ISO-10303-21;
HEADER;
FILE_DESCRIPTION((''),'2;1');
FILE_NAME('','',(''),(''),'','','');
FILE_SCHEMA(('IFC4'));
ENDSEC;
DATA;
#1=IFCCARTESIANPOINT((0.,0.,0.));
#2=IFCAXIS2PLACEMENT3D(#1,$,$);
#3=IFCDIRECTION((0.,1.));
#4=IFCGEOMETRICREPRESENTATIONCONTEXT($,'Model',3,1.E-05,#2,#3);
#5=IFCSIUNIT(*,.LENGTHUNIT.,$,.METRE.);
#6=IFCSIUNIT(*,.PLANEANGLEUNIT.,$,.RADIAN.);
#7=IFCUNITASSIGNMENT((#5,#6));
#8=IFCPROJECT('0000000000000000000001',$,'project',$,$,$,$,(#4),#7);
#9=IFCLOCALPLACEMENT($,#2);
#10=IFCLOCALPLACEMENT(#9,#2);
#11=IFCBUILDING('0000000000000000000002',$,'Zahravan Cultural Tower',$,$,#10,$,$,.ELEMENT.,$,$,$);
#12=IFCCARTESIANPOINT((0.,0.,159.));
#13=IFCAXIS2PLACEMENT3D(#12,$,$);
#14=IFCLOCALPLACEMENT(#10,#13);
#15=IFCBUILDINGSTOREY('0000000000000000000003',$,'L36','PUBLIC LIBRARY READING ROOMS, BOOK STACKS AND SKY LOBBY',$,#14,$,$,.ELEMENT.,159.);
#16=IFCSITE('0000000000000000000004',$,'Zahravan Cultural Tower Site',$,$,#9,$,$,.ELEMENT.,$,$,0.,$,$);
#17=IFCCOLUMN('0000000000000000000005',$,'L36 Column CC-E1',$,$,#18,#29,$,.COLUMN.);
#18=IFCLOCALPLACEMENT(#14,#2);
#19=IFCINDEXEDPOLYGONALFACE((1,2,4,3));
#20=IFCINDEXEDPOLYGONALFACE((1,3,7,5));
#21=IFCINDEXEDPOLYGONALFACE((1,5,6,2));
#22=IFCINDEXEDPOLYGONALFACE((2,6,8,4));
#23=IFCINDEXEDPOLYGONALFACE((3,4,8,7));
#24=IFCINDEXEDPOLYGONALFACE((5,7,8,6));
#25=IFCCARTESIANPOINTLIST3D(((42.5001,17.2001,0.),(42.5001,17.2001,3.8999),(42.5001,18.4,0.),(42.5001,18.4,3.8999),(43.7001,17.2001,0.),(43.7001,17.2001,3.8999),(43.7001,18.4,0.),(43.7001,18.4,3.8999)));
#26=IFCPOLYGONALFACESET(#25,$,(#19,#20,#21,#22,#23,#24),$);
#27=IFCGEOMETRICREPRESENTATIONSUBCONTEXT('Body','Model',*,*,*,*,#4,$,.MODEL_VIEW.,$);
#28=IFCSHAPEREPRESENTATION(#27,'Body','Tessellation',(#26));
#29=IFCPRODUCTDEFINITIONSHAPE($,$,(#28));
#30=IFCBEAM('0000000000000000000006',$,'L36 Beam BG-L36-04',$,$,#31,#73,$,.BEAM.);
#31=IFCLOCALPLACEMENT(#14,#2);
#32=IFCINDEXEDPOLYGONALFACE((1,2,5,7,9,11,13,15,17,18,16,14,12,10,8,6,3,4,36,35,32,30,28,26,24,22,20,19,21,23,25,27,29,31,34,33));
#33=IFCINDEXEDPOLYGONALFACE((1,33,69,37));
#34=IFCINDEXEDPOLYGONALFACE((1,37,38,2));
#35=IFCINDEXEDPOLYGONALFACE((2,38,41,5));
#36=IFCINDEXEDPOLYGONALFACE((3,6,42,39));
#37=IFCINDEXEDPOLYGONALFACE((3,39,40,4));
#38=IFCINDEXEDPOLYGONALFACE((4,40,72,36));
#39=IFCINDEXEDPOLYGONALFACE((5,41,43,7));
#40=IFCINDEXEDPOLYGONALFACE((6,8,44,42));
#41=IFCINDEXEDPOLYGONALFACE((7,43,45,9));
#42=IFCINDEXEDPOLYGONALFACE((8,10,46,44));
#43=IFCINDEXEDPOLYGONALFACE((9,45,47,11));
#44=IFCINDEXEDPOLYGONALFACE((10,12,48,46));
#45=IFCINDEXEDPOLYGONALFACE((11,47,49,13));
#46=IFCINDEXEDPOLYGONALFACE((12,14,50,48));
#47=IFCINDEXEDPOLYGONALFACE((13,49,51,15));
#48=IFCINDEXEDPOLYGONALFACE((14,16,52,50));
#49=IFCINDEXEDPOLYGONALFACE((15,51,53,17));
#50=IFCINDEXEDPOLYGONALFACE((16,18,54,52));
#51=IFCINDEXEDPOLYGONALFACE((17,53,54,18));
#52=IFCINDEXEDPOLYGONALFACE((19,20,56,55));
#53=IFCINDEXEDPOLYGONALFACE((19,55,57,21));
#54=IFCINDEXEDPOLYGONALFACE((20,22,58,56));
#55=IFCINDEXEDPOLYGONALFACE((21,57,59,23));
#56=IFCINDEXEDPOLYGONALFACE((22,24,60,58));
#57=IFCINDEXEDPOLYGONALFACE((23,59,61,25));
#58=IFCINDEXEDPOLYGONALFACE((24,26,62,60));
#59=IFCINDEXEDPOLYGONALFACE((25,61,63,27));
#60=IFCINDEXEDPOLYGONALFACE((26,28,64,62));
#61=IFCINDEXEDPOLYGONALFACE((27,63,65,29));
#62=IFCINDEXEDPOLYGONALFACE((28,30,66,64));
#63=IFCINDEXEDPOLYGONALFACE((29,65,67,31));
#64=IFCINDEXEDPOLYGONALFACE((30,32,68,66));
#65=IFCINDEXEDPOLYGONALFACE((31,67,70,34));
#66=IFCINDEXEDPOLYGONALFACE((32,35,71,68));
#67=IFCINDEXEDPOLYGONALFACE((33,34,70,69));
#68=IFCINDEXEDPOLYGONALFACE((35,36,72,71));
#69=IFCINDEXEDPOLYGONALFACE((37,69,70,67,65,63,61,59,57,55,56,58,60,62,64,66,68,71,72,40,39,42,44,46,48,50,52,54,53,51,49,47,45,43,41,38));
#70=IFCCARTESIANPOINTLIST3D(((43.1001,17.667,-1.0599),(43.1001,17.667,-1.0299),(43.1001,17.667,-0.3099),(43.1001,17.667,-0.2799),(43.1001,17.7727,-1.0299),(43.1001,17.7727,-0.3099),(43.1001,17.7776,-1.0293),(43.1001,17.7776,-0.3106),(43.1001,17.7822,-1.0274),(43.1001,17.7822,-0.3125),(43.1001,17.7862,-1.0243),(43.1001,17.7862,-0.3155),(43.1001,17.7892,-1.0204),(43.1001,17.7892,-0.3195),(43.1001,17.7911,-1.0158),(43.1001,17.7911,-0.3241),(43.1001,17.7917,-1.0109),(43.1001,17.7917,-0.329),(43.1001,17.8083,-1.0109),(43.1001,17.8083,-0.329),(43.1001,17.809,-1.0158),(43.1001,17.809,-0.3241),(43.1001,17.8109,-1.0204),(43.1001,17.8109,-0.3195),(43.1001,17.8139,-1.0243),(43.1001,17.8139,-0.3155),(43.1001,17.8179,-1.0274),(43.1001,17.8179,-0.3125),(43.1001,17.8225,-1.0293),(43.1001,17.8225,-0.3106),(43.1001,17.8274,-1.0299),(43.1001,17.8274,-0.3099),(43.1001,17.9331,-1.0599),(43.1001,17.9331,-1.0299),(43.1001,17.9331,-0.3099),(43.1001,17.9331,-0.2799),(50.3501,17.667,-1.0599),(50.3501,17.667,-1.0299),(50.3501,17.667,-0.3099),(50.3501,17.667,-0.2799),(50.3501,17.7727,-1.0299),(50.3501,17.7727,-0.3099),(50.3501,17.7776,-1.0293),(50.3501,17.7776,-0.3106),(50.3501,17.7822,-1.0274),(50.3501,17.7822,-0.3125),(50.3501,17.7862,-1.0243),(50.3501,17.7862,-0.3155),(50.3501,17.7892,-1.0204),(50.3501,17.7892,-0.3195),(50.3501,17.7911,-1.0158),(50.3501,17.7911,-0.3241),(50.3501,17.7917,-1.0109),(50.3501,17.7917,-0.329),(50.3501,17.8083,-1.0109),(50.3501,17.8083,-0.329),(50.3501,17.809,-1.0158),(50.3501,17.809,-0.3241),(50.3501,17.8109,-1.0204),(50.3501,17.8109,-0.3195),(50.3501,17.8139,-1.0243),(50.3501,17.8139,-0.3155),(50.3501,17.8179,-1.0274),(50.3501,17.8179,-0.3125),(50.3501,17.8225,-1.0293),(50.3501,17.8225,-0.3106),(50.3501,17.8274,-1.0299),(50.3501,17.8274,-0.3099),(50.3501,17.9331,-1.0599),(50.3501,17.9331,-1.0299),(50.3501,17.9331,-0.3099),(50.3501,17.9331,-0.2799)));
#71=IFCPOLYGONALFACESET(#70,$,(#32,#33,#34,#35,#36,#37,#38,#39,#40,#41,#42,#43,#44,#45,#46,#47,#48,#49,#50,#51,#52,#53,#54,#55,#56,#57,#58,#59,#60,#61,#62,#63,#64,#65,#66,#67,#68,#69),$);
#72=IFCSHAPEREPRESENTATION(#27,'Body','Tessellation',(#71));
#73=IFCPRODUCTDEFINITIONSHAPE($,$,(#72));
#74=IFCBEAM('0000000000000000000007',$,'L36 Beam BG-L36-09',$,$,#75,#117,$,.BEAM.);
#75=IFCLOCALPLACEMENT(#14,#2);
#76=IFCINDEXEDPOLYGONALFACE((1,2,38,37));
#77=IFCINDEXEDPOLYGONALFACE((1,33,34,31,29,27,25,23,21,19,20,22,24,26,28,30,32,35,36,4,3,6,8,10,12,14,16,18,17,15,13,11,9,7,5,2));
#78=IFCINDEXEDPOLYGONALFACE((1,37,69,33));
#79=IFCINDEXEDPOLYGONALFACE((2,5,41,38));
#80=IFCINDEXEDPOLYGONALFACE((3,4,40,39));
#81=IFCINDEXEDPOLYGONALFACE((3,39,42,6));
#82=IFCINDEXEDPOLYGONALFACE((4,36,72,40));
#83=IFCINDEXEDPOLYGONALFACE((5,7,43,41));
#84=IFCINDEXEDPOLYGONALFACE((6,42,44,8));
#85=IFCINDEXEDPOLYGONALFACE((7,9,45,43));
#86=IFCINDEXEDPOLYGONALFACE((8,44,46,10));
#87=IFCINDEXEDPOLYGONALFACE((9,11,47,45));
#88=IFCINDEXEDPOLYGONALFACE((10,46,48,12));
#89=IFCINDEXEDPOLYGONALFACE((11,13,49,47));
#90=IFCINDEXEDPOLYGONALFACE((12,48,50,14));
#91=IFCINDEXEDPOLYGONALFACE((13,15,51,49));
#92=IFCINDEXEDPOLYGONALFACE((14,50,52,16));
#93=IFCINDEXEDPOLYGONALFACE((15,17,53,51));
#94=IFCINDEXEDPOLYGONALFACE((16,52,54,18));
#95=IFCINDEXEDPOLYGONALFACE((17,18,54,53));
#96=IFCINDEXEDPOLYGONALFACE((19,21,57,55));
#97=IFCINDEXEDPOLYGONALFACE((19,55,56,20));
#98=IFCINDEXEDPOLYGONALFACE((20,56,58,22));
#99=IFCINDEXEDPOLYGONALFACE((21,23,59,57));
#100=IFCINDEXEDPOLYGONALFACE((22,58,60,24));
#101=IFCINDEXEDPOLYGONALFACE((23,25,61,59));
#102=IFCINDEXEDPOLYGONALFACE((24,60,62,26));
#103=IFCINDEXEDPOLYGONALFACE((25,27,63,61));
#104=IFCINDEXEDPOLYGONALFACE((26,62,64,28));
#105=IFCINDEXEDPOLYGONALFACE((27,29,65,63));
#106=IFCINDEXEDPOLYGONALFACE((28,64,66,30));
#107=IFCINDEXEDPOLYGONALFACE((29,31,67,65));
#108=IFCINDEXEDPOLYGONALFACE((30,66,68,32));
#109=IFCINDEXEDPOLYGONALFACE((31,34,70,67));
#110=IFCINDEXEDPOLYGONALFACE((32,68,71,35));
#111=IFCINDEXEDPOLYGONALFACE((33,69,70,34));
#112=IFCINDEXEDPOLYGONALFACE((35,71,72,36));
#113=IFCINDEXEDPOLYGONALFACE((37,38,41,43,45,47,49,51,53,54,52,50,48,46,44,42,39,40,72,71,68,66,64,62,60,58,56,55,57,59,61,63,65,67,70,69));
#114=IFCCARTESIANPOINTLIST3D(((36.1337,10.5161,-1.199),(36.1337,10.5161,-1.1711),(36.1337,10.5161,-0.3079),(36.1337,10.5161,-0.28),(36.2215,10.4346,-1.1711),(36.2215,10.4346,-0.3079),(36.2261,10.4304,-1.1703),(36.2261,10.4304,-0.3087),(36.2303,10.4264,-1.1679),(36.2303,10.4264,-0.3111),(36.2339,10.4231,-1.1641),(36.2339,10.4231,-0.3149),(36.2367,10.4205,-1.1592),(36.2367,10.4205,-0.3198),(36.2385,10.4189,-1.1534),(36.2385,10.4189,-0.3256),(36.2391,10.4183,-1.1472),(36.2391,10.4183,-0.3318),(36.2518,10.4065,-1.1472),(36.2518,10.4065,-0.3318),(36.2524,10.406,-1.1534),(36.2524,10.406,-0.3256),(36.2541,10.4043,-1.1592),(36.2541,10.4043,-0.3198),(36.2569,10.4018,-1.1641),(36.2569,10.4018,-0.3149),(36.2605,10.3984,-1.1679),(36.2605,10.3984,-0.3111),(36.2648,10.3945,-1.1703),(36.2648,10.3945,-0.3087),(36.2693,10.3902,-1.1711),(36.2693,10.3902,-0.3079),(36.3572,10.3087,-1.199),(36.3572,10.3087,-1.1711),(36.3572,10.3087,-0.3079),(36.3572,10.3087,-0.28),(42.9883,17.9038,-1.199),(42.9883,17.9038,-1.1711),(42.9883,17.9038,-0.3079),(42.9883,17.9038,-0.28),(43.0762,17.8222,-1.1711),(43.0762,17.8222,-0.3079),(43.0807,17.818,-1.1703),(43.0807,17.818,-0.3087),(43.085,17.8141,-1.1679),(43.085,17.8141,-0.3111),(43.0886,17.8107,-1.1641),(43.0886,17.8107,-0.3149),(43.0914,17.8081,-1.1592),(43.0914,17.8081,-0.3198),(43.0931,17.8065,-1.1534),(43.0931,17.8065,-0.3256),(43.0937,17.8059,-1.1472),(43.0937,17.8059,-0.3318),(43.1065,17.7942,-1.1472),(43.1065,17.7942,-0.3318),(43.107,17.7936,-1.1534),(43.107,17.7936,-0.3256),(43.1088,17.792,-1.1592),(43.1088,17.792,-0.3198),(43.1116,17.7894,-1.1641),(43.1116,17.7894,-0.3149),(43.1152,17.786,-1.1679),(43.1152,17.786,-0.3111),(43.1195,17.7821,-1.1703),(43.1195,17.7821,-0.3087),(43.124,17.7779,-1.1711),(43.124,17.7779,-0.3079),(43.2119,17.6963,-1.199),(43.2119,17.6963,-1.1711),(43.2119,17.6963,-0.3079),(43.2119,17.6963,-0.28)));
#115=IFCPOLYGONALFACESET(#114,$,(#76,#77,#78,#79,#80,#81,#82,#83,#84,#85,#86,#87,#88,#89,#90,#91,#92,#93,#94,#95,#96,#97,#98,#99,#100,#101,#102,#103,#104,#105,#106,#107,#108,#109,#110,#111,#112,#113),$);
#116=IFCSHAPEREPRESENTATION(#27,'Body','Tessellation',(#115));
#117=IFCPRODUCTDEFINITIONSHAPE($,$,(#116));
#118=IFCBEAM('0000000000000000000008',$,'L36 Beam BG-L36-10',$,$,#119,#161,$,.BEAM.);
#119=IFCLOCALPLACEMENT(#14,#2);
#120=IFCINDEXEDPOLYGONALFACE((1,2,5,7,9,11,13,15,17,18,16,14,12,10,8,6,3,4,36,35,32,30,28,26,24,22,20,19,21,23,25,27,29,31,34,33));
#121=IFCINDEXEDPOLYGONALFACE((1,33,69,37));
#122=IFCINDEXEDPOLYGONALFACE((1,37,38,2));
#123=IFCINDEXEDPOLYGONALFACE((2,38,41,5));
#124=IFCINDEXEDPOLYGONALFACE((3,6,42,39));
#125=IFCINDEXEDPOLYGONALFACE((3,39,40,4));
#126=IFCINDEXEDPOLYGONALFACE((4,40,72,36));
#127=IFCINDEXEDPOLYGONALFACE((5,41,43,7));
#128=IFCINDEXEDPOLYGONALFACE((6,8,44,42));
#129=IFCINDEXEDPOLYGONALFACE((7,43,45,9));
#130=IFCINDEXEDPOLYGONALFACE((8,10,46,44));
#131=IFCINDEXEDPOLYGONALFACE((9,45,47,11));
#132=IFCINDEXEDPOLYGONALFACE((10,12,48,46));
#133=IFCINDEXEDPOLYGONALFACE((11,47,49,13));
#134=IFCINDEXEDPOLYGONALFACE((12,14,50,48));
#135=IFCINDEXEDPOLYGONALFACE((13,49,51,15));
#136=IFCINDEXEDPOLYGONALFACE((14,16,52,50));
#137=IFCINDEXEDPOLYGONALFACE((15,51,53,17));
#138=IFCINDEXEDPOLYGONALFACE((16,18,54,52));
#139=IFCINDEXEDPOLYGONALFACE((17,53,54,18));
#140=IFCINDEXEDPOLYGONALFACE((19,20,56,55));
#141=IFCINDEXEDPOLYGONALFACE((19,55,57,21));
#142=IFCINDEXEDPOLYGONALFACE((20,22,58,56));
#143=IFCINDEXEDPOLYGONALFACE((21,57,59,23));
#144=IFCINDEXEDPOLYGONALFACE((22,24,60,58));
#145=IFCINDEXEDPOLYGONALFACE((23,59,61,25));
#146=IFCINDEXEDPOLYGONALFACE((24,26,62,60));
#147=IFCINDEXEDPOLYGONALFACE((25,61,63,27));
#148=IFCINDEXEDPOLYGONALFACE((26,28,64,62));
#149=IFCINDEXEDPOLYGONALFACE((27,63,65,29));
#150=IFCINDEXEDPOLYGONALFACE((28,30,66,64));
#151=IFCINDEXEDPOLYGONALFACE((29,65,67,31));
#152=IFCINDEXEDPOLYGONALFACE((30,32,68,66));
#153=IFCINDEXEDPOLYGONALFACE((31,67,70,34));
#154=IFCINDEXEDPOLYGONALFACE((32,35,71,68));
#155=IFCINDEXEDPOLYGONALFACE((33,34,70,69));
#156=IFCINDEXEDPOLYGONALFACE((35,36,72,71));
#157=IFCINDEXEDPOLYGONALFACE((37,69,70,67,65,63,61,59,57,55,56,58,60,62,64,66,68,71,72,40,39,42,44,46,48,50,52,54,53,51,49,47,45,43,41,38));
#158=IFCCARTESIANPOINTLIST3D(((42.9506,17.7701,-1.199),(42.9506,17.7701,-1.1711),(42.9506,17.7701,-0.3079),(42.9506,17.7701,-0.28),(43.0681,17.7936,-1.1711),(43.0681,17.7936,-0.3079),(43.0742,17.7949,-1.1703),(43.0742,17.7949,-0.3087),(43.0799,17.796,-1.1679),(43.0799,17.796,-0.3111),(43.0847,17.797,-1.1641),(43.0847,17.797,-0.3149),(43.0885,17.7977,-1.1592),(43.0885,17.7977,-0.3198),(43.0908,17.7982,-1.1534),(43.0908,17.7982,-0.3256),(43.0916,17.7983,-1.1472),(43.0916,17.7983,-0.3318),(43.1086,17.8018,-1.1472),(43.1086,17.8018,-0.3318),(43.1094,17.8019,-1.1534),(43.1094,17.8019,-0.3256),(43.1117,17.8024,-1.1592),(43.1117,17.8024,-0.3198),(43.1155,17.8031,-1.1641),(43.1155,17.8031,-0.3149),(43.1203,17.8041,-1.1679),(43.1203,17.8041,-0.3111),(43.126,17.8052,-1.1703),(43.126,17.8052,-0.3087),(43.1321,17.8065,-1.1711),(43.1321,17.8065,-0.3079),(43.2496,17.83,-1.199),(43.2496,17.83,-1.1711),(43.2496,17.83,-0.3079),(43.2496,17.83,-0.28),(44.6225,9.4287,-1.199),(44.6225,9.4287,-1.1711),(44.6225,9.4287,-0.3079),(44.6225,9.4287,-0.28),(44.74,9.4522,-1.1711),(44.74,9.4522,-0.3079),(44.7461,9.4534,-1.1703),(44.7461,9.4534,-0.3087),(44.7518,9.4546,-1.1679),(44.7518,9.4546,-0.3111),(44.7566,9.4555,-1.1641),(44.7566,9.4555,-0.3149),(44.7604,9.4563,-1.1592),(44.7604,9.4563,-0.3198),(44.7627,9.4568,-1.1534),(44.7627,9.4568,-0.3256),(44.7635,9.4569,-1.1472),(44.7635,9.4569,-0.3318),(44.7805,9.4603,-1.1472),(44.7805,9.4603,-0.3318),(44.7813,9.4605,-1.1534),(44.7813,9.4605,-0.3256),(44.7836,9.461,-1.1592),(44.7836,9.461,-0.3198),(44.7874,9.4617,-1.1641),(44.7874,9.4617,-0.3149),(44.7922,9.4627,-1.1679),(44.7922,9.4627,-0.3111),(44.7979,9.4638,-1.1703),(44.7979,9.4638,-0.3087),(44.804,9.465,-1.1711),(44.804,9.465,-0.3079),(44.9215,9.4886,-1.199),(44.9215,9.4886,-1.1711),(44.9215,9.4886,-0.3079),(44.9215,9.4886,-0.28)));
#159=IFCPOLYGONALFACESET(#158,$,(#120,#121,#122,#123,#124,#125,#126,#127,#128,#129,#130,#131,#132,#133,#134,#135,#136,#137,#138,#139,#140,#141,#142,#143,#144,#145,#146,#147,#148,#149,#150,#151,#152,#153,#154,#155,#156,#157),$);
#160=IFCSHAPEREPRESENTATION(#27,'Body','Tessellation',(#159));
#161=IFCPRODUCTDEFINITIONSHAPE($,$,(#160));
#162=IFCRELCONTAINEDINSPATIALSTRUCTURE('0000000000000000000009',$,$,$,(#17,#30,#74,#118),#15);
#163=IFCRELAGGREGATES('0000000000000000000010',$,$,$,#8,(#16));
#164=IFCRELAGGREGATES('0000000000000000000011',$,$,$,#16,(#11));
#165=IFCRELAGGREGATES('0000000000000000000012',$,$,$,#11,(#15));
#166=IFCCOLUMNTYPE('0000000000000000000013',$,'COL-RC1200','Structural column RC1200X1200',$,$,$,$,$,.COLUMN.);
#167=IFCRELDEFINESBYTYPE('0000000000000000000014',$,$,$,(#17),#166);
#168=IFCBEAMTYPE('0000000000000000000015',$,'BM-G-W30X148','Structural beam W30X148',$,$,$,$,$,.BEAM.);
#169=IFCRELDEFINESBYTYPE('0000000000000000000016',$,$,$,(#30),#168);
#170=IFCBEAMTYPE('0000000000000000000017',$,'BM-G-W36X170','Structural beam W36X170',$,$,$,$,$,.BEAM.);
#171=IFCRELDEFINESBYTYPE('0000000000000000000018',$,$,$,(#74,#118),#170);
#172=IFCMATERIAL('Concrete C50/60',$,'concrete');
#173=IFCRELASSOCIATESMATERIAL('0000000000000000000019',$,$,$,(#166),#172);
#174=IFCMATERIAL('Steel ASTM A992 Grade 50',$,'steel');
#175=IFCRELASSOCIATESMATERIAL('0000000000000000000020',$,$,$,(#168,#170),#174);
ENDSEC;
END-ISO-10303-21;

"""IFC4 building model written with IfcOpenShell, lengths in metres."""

from ifc_helpers import new_model, si_unit, direction, frame, origin, origin_2d, place, context, subcontext, project, spatial, rectangle, i_section, extrude, source, transform, mapped, material, material_profile, profile_set, type_object, element, save


model = new_model("IFC4")

# Units and contexts
model_context = context("Model", 3, precision=1e-05, world=origin(), true_north=direction((0.0, 1.0)))
body_context = subcontext(model_context, "Body", "Model", "MODEL_VIEW")
ifc_project = project(units=[si_unit("LENGTHUNIT", "METRE"), si_unit("PLANEANGLEUNIT", "RADIAN")], contexts=[model_context])

# Site, building, storey
site_placement = place(None, origin())
site = spatial("IfcSite", under=ifc_project, at=site_placement, Name="Zahravan Cultural Tower Site", CompositionType="ELEMENT", RefElevation=0.0)
building_placement = place(site_placement, origin())
building = spatial("IfcBuilding", under=site, at=building_placement, Name="Zahravan Cultural Tower", CompositionType="ELEMENT")
storey_placement = place(building_placement, frame((0.0, 0.0, 159.0)))
storey = spatial("IfcBuildingStorey", under=building, at=storey_placement, Name="L36", Description="PUBLIC LIBRARY READING ROOMS, BOOK STACKS AND SKY LOBBY", CompositionType="ELEMENT", Elevation=159.0)

# Column
ifc_material_1 = material(Name="Concrete C50/60", Category="concrete")
ifc_material_profile_1 = material_profile(ifc_material_1, rectangle(XDim=1.2, YDim=1.2, at=origin_2d()), Name="RC1200X1200")
ifc_profile_set_1 = profile_set([ifc_material_profile_1], Name="Concrete C50/60")
column_type = type_object("IfcColumnType", Name="COL-RC1200", Description="Structural column RC1200X1200", PredefinedType="COLUMN", material=ifc_profile_set_1)
shared_shape_1 = source(origin(), body_context, "Body", "SweptSolid", [
    extrude(rectangle(XDim=1.2, YDim=1.2, at=origin_2d()), origin(), (0.0, 0.0, 1.0), 3.8999),
])
column_placement = place(storey_placement, frame((43.1001, 17.8, 0.0), z_axis=(0.0, 0.0, 1.0), x_axis=(1.0, 0.0, 0.0)))
element("IfcColumn", 1, at=column_placement, inside=storey, type_object=column_type, Name="L36 Column CC-E1", PredefinedType="COLUMN", context=body_context, shape_type="MappedRepresentation", body=[
    mapped(shared_shape_1, transform((0.0, 0.0, 0.0), x_axis=(1.0, 0.0, 0.0), y_axis=(0.0, 1.0, 0.0), z_axis=(0.0, 0.0, 1.0), scale=1.0)),
])

# Beams
ifc_material_2 = material(Name="Steel ASTM A992 Grade 50", Category="steel")
ifc_material_profile_2 = material_profile(ifc_material_2, i_section(OverallWidth=0.2661, OverallDepth=0.78, WebThickness=0.0166, FlangeThickness=0.03, FilletRadius=0.019, at=origin_2d()), Name="W30X148")
ifc_profile_set_2 = profile_set([ifc_material_profile_2], Name="Steel ASTM A992 Grade 50")
beam_type_1 = type_object("IfcBeamType", Name="BM-G-W30X148", Description="Structural beam W30X148", PredefinedType="BEAM", material=ifc_profile_set_2)
shared_shape_2 = source(origin(), body_context, "Body", "SweptSolid", [
    extrude(i_section(OverallWidth=0.2661, OverallDepth=0.78, WebThickness=0.0166, FlangeThickness=0.03, FilletRadius=0.019, at=origin_2d()), origin(), (0.0, 0.0, 1.0), 7.25),
])
beam_1_placement = place(storey_placement, frame((43.1001, 17.8, -0.6699), z_axis=(1.0, 0.0, 0.0), x_axis=(0.0, 1.0, 0.0)))
element("IfcBeam", 2, at=beam_1_placement, inside=storey, type_object=beam_type_1, Name="L36 Beam BG-L36-04", PredefinedType="BEAM", context=body_context, shape_type="MappedRepresentation", body=[
    mapped(shared_shape_2, transform((0.0, 0.0, 0.0), x_axis=(1.0, 0.0, 0.0), y_axis=(0.0, 1.0, 0.0), z_axis=(0.0, 0.0, 1.0), scale=1.0)),
])
ifc_material_profile_3 = material_profile(ifc_material_2, i_section(OverallWidth=0.3049, OverallDepth=0.9189, WebThickness=0.0173, FlangeThickness=0.0278, FilletRadius=0.0239, at=origin_2d()), Name="W36X170")
ifc_profile_set_3 = profile_set([ifc_material_profile_3], Name="Steel ASTM A992 Grade 50")
beam_type_2 = type_object("IfcBeamType", Name="BM-G-W36X170", Description="Structural beam W36X170", PredefinedType="BEAM", material=ifc_profile_set_3)
shared_shape_3 = source(origin(), body_context, "Body", "SweptSolid", [
    extrude(i_section(OverallWidth=0.3049, OverallDepth=0.9189, WebThickness=0.0173, FlangeThickness=0.0278, FilletRadius=0.0239, at=origin_2d()), origin(), (0.0, 0.0, 1.0), 10.0779),
])
beam_2_placement = place(storey_placement, frame((43.1001, 17.8, -0.7395), z_axis=(-0.68017, -0.733054, 0.0), x_axis=(0.733054, -0.68017, 0.0)))
element("IfcBeam", 3, at=beam_2_placement, inside=storey, type_object=beam_type_2, Name="L36 Beam BG-L36-09", PredefinedType="BEAM", context=body_context, shape_type="MappedRepresentation", body=[
    mapped(shared_shape_3, transform((0.0, 0.0, 0.0), x_axis=(1.0, 0.0, 0.0), y_axis=(0.0, 1.0, 0.0), z_axis=(0.0, 0.0, 1.0), scale=1.0)),
])
shared_shape_4 = source(origin(), body_context, "Body", "SweptSolid", [
    extrude(i_section(OverallWidth=0.3049, OverallDepth=0.9189, WebThickness=0.0173, FlangeThickness=0.0278, FilletRadius=0.0239, at=origin_2d()), origin(), (0.0, 0.0, 1.0), 8.5073),
])
beam_3_placement = place(storey_placement, frame((43.1001, 17.8, -0.7395), z_axis=(0.196525, -0.980499, 0.0), x_axis=(0.980499, 0.196525, 0.0)))
element("IfcBeam", 4, at=beam_3_placement, inside=storey, type_object=beam_type_2, Name="L36 Beam BG-L36-10", PredefinedType="BEAM", context=body_context, shape_type="MappedRepresentation", body=[
    mapped(shared_shape_4, transform((0.0, 0.0, 0.0), x_axis=(1.0, 0.0, 0.0), y_axis=(0.0, 1.0, 0.0), z_axis=(0.0, 0.0, 1.0), scale=1.0)),
])

save(model, "model.ifc")
